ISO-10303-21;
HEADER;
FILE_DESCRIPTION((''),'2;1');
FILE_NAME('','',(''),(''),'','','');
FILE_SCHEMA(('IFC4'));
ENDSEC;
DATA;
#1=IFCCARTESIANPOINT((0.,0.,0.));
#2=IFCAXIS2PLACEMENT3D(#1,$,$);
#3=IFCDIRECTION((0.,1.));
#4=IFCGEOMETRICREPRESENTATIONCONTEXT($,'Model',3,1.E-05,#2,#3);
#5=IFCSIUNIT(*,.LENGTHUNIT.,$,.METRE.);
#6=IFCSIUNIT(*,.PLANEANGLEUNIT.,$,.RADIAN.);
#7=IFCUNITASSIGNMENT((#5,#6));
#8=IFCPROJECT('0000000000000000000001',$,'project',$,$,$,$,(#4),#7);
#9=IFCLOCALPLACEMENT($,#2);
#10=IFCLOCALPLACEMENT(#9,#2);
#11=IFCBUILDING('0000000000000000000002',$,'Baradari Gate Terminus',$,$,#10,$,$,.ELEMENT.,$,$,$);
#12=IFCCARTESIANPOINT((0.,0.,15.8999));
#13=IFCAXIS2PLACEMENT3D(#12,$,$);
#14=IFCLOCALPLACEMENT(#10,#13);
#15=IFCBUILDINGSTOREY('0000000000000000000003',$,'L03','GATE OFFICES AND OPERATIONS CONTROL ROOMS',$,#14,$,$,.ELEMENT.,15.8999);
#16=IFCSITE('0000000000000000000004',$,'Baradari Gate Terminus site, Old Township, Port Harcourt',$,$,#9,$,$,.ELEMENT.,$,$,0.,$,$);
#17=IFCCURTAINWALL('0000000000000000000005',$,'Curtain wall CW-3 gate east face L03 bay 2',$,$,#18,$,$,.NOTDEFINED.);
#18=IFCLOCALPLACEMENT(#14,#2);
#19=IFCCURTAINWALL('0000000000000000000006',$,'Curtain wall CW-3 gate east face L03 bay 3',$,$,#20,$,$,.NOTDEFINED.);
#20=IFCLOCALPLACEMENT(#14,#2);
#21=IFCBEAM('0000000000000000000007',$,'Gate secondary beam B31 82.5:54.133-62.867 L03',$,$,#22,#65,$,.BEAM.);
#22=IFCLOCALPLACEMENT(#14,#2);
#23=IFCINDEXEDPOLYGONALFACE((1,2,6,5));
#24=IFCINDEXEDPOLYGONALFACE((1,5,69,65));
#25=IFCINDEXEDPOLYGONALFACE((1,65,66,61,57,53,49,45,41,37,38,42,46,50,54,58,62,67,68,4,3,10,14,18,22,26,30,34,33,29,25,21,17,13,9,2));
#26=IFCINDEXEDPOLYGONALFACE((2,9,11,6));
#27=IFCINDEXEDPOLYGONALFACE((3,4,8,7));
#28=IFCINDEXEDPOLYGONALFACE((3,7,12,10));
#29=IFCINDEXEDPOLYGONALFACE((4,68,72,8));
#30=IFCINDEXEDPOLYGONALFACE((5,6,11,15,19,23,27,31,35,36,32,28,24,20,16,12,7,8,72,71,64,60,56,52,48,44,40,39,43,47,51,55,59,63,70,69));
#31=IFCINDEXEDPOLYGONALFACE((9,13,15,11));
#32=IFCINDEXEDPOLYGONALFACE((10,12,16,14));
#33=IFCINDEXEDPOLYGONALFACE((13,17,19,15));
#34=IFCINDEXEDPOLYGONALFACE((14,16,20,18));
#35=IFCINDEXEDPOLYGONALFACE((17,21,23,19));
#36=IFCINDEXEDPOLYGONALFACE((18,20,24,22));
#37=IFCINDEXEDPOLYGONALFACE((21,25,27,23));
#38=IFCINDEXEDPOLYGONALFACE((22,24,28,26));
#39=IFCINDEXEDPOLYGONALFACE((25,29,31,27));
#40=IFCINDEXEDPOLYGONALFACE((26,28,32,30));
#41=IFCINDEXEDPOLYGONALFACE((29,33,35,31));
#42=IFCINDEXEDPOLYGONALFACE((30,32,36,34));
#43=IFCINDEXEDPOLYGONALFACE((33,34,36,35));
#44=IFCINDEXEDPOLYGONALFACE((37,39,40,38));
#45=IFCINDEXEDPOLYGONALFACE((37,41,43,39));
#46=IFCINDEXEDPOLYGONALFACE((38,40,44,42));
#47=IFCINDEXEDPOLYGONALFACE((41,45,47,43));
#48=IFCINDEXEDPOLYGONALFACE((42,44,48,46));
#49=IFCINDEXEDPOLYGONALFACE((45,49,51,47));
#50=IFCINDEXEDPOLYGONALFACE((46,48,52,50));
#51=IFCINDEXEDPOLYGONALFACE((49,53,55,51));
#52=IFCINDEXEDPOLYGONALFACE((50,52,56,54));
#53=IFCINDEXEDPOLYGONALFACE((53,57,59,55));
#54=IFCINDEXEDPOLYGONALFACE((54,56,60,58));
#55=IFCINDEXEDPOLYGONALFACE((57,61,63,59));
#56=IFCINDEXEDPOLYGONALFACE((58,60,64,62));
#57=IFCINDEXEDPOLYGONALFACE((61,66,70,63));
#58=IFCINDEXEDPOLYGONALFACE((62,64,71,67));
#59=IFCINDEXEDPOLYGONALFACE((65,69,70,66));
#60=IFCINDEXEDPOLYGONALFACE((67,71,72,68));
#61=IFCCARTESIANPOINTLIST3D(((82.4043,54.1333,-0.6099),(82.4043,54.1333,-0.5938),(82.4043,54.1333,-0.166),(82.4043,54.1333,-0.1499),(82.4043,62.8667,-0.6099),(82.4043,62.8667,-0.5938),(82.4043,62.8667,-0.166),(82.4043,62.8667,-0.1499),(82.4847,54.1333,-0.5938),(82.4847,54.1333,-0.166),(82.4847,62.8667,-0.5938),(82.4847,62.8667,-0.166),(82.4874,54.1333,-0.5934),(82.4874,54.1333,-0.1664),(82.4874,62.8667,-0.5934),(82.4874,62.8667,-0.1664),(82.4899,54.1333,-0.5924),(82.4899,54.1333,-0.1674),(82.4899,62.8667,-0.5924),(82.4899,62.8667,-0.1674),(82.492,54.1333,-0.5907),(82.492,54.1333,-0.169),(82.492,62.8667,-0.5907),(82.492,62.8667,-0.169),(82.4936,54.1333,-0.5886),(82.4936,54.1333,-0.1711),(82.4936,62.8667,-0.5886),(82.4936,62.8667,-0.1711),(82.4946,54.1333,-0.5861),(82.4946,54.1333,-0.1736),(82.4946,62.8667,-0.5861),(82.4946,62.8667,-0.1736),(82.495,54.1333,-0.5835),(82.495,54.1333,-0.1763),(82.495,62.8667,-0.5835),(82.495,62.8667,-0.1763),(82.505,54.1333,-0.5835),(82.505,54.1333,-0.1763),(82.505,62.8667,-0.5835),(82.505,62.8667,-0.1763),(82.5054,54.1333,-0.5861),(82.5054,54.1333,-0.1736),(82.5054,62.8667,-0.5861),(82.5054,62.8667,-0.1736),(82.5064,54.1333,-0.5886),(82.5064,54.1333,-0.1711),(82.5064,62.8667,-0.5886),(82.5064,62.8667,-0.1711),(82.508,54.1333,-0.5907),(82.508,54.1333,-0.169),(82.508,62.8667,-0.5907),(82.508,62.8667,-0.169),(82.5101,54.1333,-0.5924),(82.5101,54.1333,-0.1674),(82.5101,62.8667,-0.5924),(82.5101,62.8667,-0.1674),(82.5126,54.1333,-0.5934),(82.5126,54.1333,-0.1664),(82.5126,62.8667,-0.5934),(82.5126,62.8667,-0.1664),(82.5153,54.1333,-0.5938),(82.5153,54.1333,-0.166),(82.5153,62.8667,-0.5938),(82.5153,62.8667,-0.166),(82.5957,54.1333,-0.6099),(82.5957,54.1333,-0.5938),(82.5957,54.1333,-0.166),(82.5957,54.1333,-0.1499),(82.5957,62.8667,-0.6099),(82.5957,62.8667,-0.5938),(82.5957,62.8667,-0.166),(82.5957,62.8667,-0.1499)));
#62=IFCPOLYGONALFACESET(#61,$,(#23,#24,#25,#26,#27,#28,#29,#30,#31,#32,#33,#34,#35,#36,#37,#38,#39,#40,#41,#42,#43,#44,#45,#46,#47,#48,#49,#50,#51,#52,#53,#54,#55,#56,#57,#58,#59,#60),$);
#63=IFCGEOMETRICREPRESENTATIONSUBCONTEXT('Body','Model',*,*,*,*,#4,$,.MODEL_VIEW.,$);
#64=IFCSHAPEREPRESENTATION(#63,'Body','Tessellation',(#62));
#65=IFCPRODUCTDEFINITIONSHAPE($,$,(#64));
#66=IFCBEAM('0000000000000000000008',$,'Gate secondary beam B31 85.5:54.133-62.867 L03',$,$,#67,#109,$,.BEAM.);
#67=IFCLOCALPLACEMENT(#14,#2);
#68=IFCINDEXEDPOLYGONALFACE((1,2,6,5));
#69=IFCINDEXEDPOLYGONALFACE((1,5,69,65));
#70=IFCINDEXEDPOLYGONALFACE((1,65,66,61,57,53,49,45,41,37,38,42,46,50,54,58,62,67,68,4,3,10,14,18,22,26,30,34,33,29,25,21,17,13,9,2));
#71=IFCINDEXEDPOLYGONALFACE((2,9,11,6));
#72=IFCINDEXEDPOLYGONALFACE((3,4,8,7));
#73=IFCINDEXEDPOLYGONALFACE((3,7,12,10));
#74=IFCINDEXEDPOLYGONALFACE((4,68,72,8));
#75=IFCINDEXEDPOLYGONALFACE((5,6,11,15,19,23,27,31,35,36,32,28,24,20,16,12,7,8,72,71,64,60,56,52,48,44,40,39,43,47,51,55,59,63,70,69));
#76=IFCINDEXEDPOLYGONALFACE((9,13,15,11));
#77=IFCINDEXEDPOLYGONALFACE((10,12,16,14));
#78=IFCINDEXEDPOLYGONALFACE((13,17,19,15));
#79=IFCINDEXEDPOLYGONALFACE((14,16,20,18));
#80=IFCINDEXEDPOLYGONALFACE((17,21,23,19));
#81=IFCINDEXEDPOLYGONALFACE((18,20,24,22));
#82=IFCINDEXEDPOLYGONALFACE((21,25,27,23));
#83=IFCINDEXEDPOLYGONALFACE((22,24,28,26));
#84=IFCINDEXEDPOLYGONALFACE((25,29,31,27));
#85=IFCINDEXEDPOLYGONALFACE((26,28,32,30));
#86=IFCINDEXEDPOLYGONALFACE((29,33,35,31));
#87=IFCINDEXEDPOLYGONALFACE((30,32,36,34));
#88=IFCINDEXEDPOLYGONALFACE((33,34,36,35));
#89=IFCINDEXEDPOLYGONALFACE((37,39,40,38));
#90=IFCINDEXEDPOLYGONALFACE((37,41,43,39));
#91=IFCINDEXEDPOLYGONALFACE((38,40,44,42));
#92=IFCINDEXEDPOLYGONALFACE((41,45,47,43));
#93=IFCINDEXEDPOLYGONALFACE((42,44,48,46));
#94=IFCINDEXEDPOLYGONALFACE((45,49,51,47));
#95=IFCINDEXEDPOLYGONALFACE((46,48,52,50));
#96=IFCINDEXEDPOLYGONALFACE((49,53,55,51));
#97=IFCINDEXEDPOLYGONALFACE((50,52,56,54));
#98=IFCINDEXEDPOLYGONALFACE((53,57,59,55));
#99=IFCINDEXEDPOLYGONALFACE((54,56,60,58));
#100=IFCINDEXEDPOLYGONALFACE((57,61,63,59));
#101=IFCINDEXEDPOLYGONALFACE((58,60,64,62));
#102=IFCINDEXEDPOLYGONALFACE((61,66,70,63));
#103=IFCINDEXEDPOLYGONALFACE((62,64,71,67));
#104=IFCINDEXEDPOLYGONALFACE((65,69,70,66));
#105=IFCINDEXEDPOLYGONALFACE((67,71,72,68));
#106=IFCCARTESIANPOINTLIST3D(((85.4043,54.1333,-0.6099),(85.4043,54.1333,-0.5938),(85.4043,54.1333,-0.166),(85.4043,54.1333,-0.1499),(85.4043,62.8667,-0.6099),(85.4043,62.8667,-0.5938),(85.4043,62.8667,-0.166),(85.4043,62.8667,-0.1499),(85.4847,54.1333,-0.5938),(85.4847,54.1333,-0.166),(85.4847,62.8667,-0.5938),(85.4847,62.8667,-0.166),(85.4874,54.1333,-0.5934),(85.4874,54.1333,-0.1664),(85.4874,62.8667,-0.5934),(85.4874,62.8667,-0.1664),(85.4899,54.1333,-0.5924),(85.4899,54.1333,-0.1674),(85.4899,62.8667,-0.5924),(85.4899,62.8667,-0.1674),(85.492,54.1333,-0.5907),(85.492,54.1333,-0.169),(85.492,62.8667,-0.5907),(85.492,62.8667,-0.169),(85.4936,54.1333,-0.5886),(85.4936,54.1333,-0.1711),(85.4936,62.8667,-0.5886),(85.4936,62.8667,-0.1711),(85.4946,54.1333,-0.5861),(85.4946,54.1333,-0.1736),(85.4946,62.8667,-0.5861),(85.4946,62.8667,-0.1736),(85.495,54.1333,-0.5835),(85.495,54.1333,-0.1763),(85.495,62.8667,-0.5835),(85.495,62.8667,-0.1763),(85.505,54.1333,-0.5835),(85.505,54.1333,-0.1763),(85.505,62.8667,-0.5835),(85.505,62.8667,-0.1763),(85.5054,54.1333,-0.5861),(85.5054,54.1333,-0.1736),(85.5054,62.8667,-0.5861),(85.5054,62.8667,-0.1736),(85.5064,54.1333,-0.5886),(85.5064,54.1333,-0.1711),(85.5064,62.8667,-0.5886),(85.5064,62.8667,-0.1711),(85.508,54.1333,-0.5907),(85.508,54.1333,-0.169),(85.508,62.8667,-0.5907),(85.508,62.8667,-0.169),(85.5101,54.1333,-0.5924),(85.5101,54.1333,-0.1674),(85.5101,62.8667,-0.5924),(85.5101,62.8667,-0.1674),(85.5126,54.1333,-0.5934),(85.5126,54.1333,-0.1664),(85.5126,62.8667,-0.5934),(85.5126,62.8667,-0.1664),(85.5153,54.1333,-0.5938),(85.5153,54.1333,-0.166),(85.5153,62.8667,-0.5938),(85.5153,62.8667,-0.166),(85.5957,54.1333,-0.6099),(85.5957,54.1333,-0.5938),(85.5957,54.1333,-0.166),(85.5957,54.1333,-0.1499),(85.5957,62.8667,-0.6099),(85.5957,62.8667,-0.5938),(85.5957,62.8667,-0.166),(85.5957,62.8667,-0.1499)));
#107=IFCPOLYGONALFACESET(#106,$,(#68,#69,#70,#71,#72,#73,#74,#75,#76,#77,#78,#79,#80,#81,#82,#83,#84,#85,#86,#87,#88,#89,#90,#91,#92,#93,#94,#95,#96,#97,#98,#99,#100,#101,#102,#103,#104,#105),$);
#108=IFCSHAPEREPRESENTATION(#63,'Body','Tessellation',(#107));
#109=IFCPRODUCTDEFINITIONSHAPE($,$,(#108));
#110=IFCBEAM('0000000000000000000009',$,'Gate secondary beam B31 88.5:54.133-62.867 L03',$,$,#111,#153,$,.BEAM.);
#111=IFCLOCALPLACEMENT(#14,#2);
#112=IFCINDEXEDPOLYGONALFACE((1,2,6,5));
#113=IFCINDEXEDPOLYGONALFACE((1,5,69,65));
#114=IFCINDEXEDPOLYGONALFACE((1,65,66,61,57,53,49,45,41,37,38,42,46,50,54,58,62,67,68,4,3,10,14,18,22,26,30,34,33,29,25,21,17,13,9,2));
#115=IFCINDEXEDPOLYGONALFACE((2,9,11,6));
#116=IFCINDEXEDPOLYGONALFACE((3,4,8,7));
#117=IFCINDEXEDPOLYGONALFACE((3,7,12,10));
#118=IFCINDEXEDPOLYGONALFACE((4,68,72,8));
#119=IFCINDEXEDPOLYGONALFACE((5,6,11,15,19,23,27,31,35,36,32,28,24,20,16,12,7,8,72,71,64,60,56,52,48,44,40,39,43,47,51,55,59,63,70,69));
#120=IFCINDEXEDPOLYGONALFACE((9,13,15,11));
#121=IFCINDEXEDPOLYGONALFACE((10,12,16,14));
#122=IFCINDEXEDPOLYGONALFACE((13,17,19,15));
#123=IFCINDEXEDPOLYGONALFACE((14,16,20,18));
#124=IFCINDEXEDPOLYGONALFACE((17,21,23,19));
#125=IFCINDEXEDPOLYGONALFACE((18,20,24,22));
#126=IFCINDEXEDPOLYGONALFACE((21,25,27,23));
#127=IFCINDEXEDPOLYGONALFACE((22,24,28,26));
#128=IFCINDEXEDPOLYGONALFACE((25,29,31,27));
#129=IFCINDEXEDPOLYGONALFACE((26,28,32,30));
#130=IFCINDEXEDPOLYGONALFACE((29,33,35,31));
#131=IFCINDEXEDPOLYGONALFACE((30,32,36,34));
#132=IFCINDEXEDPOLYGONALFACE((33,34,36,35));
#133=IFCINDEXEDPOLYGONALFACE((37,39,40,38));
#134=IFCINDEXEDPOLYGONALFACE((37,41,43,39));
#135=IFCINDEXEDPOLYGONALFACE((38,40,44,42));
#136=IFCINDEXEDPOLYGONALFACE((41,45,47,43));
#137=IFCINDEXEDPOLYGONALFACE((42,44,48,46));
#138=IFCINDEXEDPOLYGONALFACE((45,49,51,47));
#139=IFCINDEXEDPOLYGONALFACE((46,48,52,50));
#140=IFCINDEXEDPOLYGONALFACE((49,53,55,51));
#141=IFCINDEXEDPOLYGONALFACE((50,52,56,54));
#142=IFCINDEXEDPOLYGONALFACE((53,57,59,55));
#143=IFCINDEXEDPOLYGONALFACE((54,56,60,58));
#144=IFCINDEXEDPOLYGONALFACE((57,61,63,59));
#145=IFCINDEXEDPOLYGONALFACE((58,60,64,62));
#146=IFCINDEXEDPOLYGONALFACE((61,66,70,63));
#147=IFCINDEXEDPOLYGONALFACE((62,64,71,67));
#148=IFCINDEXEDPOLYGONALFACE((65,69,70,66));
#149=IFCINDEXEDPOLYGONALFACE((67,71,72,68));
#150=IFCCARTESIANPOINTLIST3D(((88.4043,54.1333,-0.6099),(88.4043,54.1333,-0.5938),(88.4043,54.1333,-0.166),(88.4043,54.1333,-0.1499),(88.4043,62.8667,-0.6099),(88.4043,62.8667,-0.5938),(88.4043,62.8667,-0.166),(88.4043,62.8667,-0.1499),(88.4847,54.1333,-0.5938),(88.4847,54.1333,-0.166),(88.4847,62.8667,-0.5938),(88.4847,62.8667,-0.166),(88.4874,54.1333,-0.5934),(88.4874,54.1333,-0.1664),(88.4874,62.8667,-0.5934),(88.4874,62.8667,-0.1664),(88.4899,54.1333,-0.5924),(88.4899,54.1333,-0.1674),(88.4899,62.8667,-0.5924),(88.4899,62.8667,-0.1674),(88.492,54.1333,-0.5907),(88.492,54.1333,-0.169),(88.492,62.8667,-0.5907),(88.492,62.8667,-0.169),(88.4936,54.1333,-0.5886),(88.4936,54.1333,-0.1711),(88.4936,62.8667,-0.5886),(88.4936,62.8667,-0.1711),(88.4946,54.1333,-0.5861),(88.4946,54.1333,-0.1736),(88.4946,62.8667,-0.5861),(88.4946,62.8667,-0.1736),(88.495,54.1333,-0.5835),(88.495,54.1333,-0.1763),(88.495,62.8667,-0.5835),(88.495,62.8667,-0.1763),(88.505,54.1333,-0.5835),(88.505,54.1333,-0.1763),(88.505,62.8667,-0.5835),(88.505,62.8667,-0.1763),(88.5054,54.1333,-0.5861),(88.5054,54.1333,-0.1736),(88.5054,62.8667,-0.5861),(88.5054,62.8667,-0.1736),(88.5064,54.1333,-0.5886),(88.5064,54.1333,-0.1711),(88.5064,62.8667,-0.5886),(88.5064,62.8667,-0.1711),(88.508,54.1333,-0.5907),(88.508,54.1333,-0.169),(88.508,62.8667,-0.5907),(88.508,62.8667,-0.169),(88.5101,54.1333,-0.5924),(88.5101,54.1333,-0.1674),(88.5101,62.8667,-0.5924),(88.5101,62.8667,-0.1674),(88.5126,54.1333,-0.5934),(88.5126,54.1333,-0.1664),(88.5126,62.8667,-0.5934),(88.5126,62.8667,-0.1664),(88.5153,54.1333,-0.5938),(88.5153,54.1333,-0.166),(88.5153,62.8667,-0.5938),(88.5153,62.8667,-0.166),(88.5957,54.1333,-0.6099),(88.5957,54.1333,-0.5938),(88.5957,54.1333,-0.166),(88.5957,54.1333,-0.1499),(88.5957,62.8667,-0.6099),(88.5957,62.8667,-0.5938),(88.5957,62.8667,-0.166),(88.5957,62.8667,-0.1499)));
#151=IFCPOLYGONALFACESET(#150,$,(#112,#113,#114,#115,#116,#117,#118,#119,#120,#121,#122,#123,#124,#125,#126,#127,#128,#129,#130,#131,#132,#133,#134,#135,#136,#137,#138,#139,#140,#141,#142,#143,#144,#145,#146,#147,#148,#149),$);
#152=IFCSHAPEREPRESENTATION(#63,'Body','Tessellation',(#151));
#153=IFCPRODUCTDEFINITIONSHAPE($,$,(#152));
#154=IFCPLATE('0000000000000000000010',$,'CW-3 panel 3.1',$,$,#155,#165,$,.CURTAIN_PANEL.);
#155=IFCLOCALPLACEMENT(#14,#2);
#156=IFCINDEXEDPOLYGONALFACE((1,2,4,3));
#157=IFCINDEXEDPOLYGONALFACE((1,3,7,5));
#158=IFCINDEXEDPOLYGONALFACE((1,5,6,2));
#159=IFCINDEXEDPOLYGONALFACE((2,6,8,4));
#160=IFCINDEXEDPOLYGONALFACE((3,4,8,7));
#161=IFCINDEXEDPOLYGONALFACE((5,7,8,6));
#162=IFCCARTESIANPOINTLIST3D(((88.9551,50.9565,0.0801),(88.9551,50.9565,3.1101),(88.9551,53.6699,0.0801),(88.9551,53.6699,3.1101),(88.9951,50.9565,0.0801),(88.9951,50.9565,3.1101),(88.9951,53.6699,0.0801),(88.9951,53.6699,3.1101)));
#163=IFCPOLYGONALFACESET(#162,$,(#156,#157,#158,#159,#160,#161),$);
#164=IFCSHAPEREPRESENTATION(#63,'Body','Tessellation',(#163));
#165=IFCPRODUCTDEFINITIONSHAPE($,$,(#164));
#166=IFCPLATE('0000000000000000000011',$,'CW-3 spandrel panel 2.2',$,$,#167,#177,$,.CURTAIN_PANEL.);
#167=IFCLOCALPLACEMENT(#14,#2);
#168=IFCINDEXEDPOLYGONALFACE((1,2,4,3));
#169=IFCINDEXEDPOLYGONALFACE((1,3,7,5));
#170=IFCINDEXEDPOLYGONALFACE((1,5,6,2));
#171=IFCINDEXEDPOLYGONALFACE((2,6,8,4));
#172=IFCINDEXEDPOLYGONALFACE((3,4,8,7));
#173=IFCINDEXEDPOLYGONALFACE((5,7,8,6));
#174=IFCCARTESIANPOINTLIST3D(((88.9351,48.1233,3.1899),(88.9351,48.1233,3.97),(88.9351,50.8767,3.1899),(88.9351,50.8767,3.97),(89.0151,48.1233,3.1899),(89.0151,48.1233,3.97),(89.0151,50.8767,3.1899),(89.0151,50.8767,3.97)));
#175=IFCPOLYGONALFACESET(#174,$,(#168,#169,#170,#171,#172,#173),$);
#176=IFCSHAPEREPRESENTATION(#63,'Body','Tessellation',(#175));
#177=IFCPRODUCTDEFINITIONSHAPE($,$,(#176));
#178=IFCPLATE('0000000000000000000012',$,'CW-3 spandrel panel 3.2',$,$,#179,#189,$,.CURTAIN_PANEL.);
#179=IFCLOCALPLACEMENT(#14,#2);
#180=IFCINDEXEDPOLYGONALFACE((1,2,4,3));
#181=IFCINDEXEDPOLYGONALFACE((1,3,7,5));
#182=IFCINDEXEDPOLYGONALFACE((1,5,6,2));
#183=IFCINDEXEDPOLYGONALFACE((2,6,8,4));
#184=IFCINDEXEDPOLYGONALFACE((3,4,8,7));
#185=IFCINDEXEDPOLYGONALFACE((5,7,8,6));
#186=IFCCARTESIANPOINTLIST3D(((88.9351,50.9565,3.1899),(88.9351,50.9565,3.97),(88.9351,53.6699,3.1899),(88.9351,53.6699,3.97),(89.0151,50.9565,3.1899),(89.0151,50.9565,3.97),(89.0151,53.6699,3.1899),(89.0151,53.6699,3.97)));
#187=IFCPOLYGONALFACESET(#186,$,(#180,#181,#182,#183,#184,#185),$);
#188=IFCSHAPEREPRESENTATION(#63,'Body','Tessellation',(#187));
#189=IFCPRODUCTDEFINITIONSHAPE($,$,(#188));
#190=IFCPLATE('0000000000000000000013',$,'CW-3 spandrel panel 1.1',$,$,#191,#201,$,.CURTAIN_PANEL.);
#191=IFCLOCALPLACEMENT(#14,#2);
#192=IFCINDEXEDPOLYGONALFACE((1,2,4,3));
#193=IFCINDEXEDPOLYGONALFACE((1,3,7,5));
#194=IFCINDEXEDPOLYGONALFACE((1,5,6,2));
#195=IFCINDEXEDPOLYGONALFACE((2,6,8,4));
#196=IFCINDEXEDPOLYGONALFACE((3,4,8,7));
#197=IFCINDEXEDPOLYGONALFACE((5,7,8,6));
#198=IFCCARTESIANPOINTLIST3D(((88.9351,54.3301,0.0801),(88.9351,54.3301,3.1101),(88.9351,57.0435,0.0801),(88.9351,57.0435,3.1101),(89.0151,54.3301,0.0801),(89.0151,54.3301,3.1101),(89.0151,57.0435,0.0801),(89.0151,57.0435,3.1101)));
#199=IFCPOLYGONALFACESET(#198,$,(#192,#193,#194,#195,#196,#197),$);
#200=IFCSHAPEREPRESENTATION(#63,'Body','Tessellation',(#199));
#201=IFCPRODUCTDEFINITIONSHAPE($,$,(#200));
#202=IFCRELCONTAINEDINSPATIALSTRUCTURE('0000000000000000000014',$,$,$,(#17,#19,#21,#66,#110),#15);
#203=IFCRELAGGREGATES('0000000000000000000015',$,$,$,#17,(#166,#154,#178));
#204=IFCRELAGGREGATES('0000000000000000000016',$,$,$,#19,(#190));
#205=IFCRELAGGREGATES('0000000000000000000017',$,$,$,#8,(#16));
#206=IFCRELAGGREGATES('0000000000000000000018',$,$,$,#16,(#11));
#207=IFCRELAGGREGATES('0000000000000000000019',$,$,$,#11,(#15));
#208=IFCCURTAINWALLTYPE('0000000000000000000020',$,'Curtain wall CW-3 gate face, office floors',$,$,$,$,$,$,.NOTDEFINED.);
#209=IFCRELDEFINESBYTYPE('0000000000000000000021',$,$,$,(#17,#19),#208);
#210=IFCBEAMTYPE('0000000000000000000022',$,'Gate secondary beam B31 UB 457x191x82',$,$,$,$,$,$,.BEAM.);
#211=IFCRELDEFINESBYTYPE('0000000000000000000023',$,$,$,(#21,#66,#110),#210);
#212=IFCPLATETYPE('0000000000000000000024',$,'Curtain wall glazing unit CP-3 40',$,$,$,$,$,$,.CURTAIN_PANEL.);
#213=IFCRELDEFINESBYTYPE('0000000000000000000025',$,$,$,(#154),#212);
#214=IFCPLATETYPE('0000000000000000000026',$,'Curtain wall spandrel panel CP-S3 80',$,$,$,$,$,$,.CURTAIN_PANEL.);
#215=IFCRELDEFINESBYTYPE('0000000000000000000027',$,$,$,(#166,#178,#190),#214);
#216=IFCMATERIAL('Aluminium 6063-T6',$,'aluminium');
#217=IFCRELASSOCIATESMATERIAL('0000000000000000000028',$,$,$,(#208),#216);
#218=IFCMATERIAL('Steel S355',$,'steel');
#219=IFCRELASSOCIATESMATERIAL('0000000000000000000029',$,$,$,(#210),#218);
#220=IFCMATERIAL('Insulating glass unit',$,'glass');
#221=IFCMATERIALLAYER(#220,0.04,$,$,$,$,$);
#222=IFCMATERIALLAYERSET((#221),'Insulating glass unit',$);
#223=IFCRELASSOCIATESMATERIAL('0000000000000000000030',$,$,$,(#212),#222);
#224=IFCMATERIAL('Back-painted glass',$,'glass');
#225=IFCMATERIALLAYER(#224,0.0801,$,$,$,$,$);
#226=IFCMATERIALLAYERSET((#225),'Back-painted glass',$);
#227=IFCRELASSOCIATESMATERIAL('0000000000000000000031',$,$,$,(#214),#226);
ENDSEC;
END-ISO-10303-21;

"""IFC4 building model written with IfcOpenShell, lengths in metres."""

from ifc_helpers import new_model, si_unit, direction, frame, origin, origin_2d, place, context, subcontext, project, spatial, rectangle, i_section, extrude, material, layer, layer_set, material_profile, profile_set, type_object, element, aggregate, save


model = new_model("IFC4")

# Units and contexts
model_context = context("Model", 3, precision=1e-05, world=origin(), true_north=direction((0.0, 1.0)))
body_context = subcontext(model_context, "Body", "Model", "MODEL_VIEW")
ifc_project = project(units=[si_unit("LENGTHUNIT", "METRE"), si_unit("PLANEANGLEUNIT", "RADIAN")], contexts=[model_context])

# Site, building, storey
site_placement = place(None, origin())
site = spatial("IfcSite", under=ifc_project, at=site_placement, Name="Baradari Gate Terminus site, Old Township, Port Harcourt", CompositionType="ELEMENT", RefElevation=0.0)
building_placement = place(site_placement, origin())
building = spatial("IfcBuilding", under=site, at=building_placement, Name="Baradari Gate Terminus", CompositionType="ELEMENT")
storey_placement = place(building_placement, frame((0.0, 0.0, 15.8999)))
storey = spatial("IfcBuildingStorey", under=building, at=storey_placement, Name="L03", Description="GATE OFFICES AND OPERATIONS CONTROL ROOMS", CompositionType="ELEMENT", Elevation=15.8999)

# Curtain walls
ifc_material_1 = material(Name="Aluminium 6063-T6", Category="aluminium")
curtain_wall_type = type_object("IfcCurtainWallType", Name="Curtain wall CW-3 gate face, office floors", PredefinedType="NOTDEFINED", material=ifc_material_1)
curtain_wall_1_placement = place(storey_placement, origin())
curtain_wall_1 = element("IfcCurtainWall", 1, at=curtain_wall_1_placement, inside=storey, type_object=curtain_wall_type, Name="Curtain wall CW-3 gate east face L03 bay 2", PredefinedType="NOTDEFINED")
curtain_wall_2_placement = place(storey_placement, origin())
curtain_wall_2 = element("IfcCurtainWall", 2, at=curtain_wall_2_placement, inside=storey, type_object=curtain_wall_type, Name="Curtain wall CW-3 gate east face L03 bay 3", PredefinedType="NOTDEFINED")

# Beams
ifc_material_2 = material(Name="Steel S355", Category="steel")
ifc_material_profile_1 = material_profile(ifc_material_2, i_section(OverallWidth=0.1914, OverallDepth=0.46, WebThickness=0.01, FlangeThickness=0.0161, FilletRadius=0.0103, at=origin_2d()), Name="UB 457x191x82")
ifc_profile_set_1 = profile_set([ifc_material_profile_1], Name="Steel S355")
beam_type = type_object("IfcBeamType", Name="Gate secondary beam B31 UB 457x191x82", PredefinedType="BEAM", material=ifc_profile_set_1)
for number, where, z_axis, x_axis, name in (
    (3, (82.5, 54.1333, -0.3799), (0.0, 1.0, 0.0), (-1.0, 0.0, 0.0), "Gate secondary beam B31 82.5:54.133-62.867 L03"),
    (4, (85.5, 54.1333, -0.3799), (0.0, 1.0, 0.0), (-1.0, 0.0, 0.0), "Gate secondary beam B31 85.5:54.133-62.867 L03"),
    (5, (88.5, 54.1333, -0.3799), (0.0, 1.0, 0.0), (-1.0, 0.0, 0.0), "Gate secondary beam B31 88.5:54.133-62.867 L03"),
):
    element("IfcBeam", number, at=place(storey_placement, frame(where, z_axis=z_axis, x_axis=x_axis)), inside=storey, type_object=beam_type, Name=name, PredefinedType="BEAM", context=body_context, shape_type="SweptSolid", body=[
        extrude(i_section(OverallWidth=0.1914, OverallDepth=0.46, WebThickness=0.01, FlangeThickness=0.0161, FilletRadius=0.0103, at=origin_2d()), origin(), (0.0, 0.0, 1.0), 8.7334),
    ])

# Plates
ifc_material_3 = material(Name="Insulating glass unit", Category="glass")
ifc_layer_1 = layer(ifc_material_3, 0.04)
ifc_layer_set_1 = layer_set([ifc_layer_1], Name="Insulating glass unit")
plate_type_1 = type_object("IfcPlateType", Name="Curtain wall glazing unit CP-3 40", PredefinedType="CURTAIN_PANEL", material=ifc_layer_set_1)
plate_1_placement = place(storey_placement, frame((88.9751, 52.3132, 0.0801), z_axis=(0.0, 0.0, 1.0), x_axis=(0.0, 1.0, 0.0)))
plate_1 = element("IfcPlate", 6, at=plate_1_placement, type_object=plate_type_1, Name="CW-3 panel 3.1", PredefinedType="CURTAIN_PANEL", context=body_context, shape_type="SweptSolid", body=[
    extrude(rectangle(XDim=2.7134, YDim=0.04, at=origin_2d()), origin(), (0.0, 0.0, 1.0), 3.03),
])
ifc_material_4 = material(Name="Back-painted glass", Category="glass")
ifc_layer_2 = layer(ifc_material_4, 0.0801)
ifc_layer_set_2 = layer_set([ifc_layer_2], Name="Back-painted glass")
plate_type_2 = type_object("IfcPlateType", Name="Curtain wall spandrel panel CP-S3 80", PredefinedType="CURTAIN_PANEL", material=ifc_layer_set_2)
plate_2_placement = place(storey_placement, frame((88.9751, 49.5, 3.1899), z_axis=(0.0, 0.0, 1.0), x_axis=(0.0, 1.0, 0.0)))
plate_2 = element("IfcPlate", 7, at=plate_2_placement, type_object=plate_type_2, Name="CW-3 spandrel panel 2.2", PredefinedType="CURTAIN_PANEL", context=body_context, shape_type="SweptSolid", body=[
    extrude(rectangle(XDim=2.7534, YDim=0.0801, at=origin_2d()), origin(), (0.0, 0.0, 1.0), 0.78),
])
plate_3_placement = place(storey_placement, frame((88.9751, 52.3132, 3.1899), z_axis=(0.0, 0.0, 1.0), x_axis=(0.0, 1.0, 0.0)))
plate_3 = element("IfcPlate", 8, at=plate_3_placement, type_object=plate_type_2, Name="CW-3 spandrel panel 3.2", PredefinedType="CURTAIN_PANEL", context=body_context, shape_type="SweptSolid", body=[
    extrude(rectangle(XDim=2.7134, YDim=0.0801, at=origin_2d()), origin(), (0.0, 0.0, 1.0), 0.78),
])
aggregate(curtain_wall_1, [plate_2, plate_1, plate_3])
plate_4_placement = place(storey_placement, frame((88.9751, 55.6868, 0.0801), z_axis=(0.0, 0.0, 1.0), x_axis=(0.0, 1.0, 0.0)))
plate_4 = element("IfcPlate", 9, at=plate_4_placement, type_object=plate_type_2, Name="CW-3 spandrel panel 1.1", PredefinedType="CURTAIN_PANEL", context=body_context, shape_type="SweptSolid", body=[
    extrude(rectangle(XDim=2.7134, YDim=0.0801, at=origin_2d()), origin(), (0.0, 0.0, 1.0), 3.03),
])
aggregate(curtain_wall_2, [plate_4])

save(model, "model.ifc")
